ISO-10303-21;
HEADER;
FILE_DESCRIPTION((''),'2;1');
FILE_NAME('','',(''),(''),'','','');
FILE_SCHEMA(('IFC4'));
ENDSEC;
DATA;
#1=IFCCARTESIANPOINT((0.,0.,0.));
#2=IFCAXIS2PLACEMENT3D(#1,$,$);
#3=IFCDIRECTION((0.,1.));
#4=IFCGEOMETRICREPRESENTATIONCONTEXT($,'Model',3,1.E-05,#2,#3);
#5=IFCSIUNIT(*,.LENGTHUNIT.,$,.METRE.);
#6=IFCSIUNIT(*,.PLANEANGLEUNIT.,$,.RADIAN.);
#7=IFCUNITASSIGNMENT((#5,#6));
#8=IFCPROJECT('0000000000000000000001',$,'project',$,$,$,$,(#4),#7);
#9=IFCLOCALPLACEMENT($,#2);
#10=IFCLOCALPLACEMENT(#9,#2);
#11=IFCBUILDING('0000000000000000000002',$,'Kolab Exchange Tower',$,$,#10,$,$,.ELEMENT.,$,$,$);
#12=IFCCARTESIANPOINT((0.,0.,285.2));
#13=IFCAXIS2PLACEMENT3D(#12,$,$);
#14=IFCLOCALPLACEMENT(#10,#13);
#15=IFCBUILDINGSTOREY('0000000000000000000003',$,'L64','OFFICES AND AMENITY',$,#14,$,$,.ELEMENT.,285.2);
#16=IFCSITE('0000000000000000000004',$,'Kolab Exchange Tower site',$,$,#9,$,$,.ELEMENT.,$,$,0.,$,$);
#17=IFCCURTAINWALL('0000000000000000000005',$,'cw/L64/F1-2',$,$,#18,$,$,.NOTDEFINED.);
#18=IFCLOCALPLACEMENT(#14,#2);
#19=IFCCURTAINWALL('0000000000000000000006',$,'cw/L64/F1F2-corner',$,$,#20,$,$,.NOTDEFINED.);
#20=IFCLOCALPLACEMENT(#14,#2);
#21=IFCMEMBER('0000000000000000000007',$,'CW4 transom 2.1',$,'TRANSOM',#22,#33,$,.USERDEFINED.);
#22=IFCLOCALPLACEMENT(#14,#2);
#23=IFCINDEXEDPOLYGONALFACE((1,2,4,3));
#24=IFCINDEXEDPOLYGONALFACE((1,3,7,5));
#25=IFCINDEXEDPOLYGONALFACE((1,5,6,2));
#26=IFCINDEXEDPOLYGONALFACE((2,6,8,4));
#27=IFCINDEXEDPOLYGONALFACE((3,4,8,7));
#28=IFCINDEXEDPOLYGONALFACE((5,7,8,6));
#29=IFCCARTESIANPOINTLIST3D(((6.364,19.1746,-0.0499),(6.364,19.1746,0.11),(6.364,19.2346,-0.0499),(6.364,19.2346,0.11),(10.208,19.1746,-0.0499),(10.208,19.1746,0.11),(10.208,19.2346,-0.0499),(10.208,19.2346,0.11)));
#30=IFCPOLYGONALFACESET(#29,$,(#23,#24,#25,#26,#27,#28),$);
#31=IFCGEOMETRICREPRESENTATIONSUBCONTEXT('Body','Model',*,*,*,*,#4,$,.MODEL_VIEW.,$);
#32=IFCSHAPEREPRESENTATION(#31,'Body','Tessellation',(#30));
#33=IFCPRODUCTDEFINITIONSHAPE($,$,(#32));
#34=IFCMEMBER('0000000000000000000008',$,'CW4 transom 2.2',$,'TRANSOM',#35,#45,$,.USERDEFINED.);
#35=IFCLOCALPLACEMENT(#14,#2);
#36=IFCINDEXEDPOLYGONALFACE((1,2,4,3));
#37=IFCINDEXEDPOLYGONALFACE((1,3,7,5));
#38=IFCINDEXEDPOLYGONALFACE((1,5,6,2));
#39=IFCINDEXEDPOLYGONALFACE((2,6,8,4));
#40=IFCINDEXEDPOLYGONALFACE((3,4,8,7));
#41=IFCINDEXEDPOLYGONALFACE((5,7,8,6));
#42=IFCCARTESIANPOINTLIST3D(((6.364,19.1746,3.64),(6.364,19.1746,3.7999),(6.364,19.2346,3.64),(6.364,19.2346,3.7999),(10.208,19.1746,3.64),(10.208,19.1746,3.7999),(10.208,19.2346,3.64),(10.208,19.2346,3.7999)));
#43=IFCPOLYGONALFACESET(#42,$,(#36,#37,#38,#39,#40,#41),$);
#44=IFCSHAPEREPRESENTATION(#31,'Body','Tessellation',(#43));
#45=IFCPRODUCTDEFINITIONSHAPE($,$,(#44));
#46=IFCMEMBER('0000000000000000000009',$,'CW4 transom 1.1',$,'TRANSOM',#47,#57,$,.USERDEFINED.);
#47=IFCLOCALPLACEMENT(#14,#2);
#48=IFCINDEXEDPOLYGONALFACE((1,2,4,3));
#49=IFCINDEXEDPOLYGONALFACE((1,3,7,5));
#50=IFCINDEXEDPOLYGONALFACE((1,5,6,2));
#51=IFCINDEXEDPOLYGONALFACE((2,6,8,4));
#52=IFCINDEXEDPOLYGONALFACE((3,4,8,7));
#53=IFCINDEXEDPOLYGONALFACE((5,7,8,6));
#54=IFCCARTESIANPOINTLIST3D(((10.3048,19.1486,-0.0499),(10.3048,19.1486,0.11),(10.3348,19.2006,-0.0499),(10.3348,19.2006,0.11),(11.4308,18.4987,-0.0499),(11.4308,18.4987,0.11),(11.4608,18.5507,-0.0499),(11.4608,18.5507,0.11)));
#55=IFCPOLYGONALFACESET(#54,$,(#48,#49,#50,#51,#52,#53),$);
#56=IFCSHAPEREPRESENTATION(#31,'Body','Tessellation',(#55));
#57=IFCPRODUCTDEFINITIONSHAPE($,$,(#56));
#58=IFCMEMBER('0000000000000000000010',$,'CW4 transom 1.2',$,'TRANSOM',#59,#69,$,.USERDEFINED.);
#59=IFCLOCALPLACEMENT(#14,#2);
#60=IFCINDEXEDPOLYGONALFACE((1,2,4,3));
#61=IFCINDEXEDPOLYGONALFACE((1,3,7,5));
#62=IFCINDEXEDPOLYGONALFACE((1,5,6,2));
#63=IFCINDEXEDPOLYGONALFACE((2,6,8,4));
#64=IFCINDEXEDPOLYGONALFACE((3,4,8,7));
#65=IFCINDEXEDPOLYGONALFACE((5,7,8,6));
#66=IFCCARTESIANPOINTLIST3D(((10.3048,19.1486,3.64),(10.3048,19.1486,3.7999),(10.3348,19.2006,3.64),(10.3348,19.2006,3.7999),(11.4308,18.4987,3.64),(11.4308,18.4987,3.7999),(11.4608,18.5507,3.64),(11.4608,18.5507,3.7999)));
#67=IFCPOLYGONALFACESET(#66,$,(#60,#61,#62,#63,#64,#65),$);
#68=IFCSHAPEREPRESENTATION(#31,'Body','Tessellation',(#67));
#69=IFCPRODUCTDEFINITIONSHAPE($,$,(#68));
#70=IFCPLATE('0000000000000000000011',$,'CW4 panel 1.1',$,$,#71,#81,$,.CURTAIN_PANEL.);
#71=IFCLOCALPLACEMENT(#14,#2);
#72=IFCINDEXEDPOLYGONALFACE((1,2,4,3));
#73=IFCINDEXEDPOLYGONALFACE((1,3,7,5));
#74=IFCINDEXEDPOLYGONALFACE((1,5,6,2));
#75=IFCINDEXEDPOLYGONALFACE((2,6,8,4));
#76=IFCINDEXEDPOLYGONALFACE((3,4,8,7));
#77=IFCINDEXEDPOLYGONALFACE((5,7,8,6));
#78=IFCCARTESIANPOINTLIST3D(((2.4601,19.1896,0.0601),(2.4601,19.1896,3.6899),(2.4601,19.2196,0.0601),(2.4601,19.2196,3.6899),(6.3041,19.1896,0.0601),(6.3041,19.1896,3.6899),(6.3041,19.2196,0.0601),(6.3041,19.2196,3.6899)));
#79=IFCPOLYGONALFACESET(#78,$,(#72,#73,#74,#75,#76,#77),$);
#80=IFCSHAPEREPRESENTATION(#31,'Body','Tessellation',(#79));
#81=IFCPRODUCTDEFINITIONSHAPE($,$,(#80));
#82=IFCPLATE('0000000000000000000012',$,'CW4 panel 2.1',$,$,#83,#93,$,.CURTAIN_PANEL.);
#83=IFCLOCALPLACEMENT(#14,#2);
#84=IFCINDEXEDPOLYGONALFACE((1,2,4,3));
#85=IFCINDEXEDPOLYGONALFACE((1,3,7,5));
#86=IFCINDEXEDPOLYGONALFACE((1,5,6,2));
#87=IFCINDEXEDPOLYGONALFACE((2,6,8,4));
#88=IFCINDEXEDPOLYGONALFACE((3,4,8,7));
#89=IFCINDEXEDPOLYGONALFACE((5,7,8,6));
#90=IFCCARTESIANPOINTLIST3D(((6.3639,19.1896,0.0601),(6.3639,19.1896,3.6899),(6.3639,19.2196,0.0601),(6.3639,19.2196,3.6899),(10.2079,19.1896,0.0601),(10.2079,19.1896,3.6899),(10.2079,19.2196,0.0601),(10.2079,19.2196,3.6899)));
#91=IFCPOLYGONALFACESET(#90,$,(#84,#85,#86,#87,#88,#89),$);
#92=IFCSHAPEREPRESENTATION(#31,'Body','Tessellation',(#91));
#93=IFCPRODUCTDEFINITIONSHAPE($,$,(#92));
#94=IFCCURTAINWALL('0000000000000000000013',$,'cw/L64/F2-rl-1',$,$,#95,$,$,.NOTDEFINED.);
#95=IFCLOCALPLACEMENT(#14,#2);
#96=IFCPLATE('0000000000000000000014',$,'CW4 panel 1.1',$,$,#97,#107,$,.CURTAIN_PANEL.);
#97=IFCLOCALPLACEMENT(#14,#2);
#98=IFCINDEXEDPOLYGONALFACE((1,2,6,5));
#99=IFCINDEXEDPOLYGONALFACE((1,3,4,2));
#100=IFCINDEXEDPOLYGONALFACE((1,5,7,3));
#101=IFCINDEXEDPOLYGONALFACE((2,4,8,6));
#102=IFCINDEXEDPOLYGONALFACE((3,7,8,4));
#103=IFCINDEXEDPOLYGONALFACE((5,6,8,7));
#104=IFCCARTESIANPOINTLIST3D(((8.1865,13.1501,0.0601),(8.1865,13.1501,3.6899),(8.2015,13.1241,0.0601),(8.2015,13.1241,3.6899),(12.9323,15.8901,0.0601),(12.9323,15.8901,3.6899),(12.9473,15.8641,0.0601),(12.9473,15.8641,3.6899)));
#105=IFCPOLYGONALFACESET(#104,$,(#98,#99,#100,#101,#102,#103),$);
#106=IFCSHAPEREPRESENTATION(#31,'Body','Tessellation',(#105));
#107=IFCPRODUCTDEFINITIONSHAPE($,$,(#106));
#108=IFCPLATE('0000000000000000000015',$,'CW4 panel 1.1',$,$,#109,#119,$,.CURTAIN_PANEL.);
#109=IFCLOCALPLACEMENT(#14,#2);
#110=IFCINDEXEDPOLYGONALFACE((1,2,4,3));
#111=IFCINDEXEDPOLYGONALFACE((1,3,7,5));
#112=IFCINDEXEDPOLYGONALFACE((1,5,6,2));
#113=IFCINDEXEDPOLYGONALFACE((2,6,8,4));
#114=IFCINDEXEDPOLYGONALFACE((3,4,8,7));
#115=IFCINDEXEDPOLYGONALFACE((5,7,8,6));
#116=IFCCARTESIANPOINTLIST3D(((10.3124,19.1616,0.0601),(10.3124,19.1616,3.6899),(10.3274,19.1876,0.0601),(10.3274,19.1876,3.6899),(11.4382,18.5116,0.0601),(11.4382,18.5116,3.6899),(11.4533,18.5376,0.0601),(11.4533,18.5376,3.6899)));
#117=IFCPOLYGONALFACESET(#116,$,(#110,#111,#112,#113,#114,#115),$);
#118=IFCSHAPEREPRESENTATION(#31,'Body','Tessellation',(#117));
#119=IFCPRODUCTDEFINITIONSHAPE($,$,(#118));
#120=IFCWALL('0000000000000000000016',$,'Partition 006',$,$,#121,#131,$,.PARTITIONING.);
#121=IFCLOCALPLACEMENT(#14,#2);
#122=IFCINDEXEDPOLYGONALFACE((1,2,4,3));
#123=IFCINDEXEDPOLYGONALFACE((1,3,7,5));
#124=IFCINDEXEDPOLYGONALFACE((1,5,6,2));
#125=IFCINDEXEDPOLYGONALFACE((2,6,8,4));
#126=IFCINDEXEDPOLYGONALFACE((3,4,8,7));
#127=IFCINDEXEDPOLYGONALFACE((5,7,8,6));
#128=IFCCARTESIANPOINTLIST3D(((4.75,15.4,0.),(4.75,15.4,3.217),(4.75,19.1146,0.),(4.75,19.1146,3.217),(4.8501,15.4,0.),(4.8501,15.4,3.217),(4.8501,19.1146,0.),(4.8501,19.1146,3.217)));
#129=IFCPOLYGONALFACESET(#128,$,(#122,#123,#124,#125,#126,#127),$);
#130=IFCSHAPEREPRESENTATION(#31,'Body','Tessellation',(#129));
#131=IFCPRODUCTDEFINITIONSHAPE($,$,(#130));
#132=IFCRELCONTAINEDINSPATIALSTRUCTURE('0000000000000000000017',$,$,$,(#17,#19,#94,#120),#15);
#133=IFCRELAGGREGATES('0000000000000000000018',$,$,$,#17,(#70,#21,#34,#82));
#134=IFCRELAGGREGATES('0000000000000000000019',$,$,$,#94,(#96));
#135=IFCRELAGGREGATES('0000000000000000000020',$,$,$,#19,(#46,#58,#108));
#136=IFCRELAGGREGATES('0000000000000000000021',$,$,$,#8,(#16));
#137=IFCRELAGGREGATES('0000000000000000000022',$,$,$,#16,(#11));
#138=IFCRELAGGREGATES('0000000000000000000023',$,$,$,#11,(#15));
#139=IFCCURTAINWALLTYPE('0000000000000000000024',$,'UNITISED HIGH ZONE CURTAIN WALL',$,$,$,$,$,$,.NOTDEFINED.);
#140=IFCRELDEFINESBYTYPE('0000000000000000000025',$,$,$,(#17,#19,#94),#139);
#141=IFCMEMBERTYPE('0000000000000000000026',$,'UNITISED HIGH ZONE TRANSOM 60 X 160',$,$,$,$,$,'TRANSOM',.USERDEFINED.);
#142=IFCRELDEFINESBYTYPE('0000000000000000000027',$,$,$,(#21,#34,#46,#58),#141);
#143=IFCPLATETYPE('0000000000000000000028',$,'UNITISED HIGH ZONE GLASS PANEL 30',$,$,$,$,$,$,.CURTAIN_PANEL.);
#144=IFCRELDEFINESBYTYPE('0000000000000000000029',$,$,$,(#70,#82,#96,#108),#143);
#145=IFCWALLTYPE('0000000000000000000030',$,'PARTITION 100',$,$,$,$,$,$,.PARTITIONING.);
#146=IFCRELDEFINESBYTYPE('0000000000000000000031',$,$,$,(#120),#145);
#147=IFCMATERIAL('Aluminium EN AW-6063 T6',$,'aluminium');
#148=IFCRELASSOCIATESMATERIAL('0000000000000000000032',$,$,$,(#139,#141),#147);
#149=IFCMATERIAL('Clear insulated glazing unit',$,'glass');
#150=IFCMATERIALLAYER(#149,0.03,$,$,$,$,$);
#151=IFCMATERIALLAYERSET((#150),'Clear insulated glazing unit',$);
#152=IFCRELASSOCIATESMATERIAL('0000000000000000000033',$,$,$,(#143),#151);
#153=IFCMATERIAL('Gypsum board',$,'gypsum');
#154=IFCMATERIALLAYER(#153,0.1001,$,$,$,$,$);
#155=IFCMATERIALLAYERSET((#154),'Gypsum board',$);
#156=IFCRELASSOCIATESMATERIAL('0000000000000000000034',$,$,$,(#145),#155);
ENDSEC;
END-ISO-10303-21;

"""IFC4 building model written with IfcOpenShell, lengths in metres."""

from ifc_helpers import new_model, si_unit, direction, frame, frame_2d, origin, origin_2d, place, context, subcontext, project, spatial, rectangle, extrude, material, layer, layer_set, material_profile, profile_set, type_object, element, aggregate, save


model = new_model("IFC4")

# Units and contexts
model_context = context("Model", 3, precision=1e-05, world=origin(), true_north=direction((0.0, 1.0)))
body_context = subcontext(model_context, "Body", "Model", "MODEL_VIEW")
ifc_project = project(units=[si_unit("LENGTHUNIT", "METRE"), si_unit("PLANEANGLEUNIT", "RADIAN")], contexts=[model_context])

# Site, building, storey
site_placement = place(None, origin())
site = spatial("IfcSite", under=ifc_project, at=site_placement, Name="Kolab Exchange Tower site", CompositionType="ELEMENT", RefElevation=0.0)
building_placement = place(site_placement, origin())
building = spatial("IfcBuilding", under=site, at=building_placement, Name="Kolab Exchange Tower", CompositionType="ELEMENT")
storey_placement = place(building_placement, frame((0.0, 0.0, 285.2)))
storey = spatial("IfcBuildingStorey", under=building, at=storey_placement, Name="L64", Description="OFFICES AND AMENITY", CompositionType="ELEMENT", Elevation=285.2)

# Curtain walls
ifc_material_1 = material(Name="Aluminium EN AW-6063 T6", Category="aluminium")
curtain_wall_type = type_object("IfcCurtainWallType", Name="UNITISED HIGH ZONE CURTAIN WALL", PredefinedType="NOTDEFINED", material=ifc_material_1)
curtain_wall_1_placement = place(storey_placement, origin())
curtain_wall_1 = element("IfcCurtainWall", 1, at=curtain_wall_1_placement, inside=storey, type_object=curtain_wall_type, Name="cw/L64/F1-2", PredefinedType="NOTDEFINED")
curtain_wall_2_placement = place(storey_placement, origin())
curtain_wall_2 = element("IfcCurtainWall", 2, at=curtain_wall_2_placement, inside=storey, type_object=curtain_wall_type, Name="cw/L64/F1F2-corner", PredefinedType="NOTDEFINED")

# Members
ifc_material_profile_1 = material_profile(ifc_material_1, rectangle(XDim=0.0601, YDim=0.1599, at=origin_2d()), Name="RECT 60X160")
ifc_profile_set_1 = profile_set([ifc_material_profile_1], Name="Aluminium EN AW-6063 T6")
member_type_1 = type_object("IfcMemberType", Name="UNITISED HIGH ZONE TRANSOM 60 X 160", ElementType="TRANSOM", PredefinedType="USERDEFINED", material=ifc_profile_set_1)
member_1_placement = place(storey_placement, frame((6.364, 19.2046, 0.03), z_axis=(1.0, 0.0, 0.0), x_axis=(0.0, 1.0, 0.0)))
member_1 = element("IfcMember", 3, at=member_1_placement, type_object=member_type_1, Name="CW4 transom 2.1", ObjectType="TRANSOM", PredefinedType="USERDEFINED", context=body_context, shape_type="SweptSolid", body=[
    extrude(rectangle(XDim=0.0601, YDim=0.1599, at=origin_2d()), origin(), (0.0, 0.0, 1.0), 3.844),
])
member_2_placement = place(storey_placement, frame((6.364, 19.2046, 3.72), z_axis=(1.0, 0.0, 0.0), x_axis=(0.0, 1.0, 0.0)))
member_2 = element("IfcMember", 4, at=member_2_placement, type_object=member_type_1, Name="CW4 transom 2.2", ObjectType="TRANSOM", PredefinedType="USERDEFINED", context=body_context, shape_type="SweptSolid", body=[
    extrude(rectangle(XDim=0.0601, YDim=0.1599, at=origin_2d()), origin(), (0.0, 0.0, 1.0), 3.844),
])
member_3_placement = place(storey_placement, frame((10.3198, 19.1746, 0.03), z_axis=(0.866086, -0.499896, 0.0), x_axis=(0.499896, 0.866086, 0.0)))
member_3 = element("IfcMember", 5, at=member_3_placement, type_object=member_type_1, Name="CW4 transom 1.1", ObjectType="TRANSOM", PredefinedType="USERDEFINED", context=body_context, shape_type="SweptSolid", body=[
    extrude(rectangle(XDim=0.0601, YDim=0.1599, at=origin_2d()), origin(), (0.0, 0.0, 1.0), 1.3),
])
member_4_placement = place(storey_placement, frame((10.3198, 19.1746, 3.72), z_axis=(0.866086, -0.499896, 0.0), x_axis=(0.499896, 0.866086, 0.0)))
member_4 = element("IfcMember", 6, at=member_4_placement, type_object=member_type_1, Name="CW4 transom 1.2", ObjectType="TRANSOM", PredefinedType="USERDEFINED", context=body_context, shape_type="SweptSolid", body=[
    extrude(rectangle(XDim=0.0601, YDim=0.1599, at=origin_2d()), origin(), (0.0, 0.0, 1.0), 1.3),
])

# Plates
ifc_material_2 = material(Name="Clear insulated glazing unit", Category="glass")
ifc_layer_1 = layer(ifc_material_2, 0.03)
ifc_layer_set_1 = layer_set([ifc_layer_1], Name="Clear insulated glazing unit")
plate_type = type_object("IfcPlateType", Name="UNITISED HIGH ZONE GLASS PANEL 30", PredefinedType="CURTAIN_PANEL", material=ifc_layer_set_1)
plate_1_placement = place(storey_placement, frame((4.3821, 19.2046, 0.0601), z_axis=(0.0, 0.0, 1.0), x_axis=(1.0, 0.0, 0.0)))
plate_1 = element("IfcPlate", 7, at=plate_1_placement, type_object=plate_type, Name="CW4 panel 1.1", PredefinedType="CURTAIN_PANEL", context=body_context, shape_type="SweptSolid", body=[
    extrude(rectangle(XDim=3.844, YDim=0.03, at=origin_2d()), origin(), (0.0, 0.0, 1.0), 3.6299),
])
plate_2_placement = place(storey_placement, frame((8.2859, 19.2046, 0.0601), z_axis=(0.0, 0.0, 1.0), x_axis=(1.0, 0.0, 0.0)))
plate_2 = element("IfcPlate", 8, at=plate_2_placement, type_object=plate_type, Name="CW4 panel 2.1", PredefinedType="CURTAIN_PANEL", context=body_context, shape_type="SweptSolid", body=[
    extrude(rectangle(XDim=3.844, YDim=0.03, at=origin_2d()), origin(), (0.0, 0.0, 1.0), 3.6299),
])
aggregate(curtain_wall_1, [plate_1, member_1, member_2, plate_2])

# Curtain wall, plate
curtain_wall_3_placement = place(storey_placement, origin())
curtain_wall_3 = element("IfcCurtainWall", 9, at=curtain_wall_3_placement, inside=storey, type_object=curtain_wall_type, Name="cw/L64/F2-rl-1", PredefinedType="NOTDEFINED")
plate_3_placement = place(storey_placement, frame((10.5669, 14.5071, 0.0601), z_axis=(0.0, 0.0, 1.0), x_axis=(-0.866025, -0.5, 0.0)))
plate_3 = element("IfcPlate", 10, at=plate_3_placement, type_object=plate_type, Name="CW4 panel 1.1", PredefinedType="CURTAIN_PANEL", context=body_context, shape_type="SweptSolid", body=[
    extrude(rectangle(XDim=5.48, YDim=0.03, at=origin_2d()), origin(), (0.0, 0.0, 1.0), 3.6299),
])
aggregate(curtain_wall_3, [plate_3])

# Plate
plate_4_placement = place(storey_placement, frame((10.8828, 18.8496, 0.0601), z_axis=(0.0, 0.0, 1.0), x_axis=(0.866025, -0.5, 0.0)))
plate_4 = element("IfcPlate", 11, at=plate_4_placement, type_object=plate_type, Name="CW4 panel 1.1", PredefinedType="CURTAIN_PANEL", context=body_context, shape_type="SweptSolid", body=[
    extrude(rectangle(XDim=1.3, YDim=0.03, at=origin_2d()), origin(), (0.0, 0.0, 1.0), 3.6299),
])
aggregate(curtain_wall_2, [member_3, member_4, plate_4])

# Wall
ifc_material_3 = material(Name="Gypsum board", Category="gypsum")
ifc_layer_2 = layer(ifc_material_3, 0.1001)
ifc_layer_set_2 = layer_set([ifc_layer_2], Name="Gypsum board")
wall_type_1 = type_object("IfcWallType", Name="PARTITION 100", PredefinedType="PARTITIONING", material=ifc_layer_set_2)
wall_1_placement = place(storey_placement, frame((4.8, 15.3999, 0.0), z_axis=(0.0, 0.0, 1.0), x_axis=(0.0, 1.0, 0.0)))
element("IfcWall", 12, at=wall_1_placement, inside=storey, type_object=wall_type_1, Name="Partition 006", PredefinedType="PARTITIONING", context=body_context, shape_type="SweptSolid", body=[
    extrude(rectangle(XDim=3.7146, YDim=0.1001, at=frame_2d((1.8574, 0.0))), origin(), (0.0, 0.0, 1.0), 3.217),
])

save(model, "model.ifc")
